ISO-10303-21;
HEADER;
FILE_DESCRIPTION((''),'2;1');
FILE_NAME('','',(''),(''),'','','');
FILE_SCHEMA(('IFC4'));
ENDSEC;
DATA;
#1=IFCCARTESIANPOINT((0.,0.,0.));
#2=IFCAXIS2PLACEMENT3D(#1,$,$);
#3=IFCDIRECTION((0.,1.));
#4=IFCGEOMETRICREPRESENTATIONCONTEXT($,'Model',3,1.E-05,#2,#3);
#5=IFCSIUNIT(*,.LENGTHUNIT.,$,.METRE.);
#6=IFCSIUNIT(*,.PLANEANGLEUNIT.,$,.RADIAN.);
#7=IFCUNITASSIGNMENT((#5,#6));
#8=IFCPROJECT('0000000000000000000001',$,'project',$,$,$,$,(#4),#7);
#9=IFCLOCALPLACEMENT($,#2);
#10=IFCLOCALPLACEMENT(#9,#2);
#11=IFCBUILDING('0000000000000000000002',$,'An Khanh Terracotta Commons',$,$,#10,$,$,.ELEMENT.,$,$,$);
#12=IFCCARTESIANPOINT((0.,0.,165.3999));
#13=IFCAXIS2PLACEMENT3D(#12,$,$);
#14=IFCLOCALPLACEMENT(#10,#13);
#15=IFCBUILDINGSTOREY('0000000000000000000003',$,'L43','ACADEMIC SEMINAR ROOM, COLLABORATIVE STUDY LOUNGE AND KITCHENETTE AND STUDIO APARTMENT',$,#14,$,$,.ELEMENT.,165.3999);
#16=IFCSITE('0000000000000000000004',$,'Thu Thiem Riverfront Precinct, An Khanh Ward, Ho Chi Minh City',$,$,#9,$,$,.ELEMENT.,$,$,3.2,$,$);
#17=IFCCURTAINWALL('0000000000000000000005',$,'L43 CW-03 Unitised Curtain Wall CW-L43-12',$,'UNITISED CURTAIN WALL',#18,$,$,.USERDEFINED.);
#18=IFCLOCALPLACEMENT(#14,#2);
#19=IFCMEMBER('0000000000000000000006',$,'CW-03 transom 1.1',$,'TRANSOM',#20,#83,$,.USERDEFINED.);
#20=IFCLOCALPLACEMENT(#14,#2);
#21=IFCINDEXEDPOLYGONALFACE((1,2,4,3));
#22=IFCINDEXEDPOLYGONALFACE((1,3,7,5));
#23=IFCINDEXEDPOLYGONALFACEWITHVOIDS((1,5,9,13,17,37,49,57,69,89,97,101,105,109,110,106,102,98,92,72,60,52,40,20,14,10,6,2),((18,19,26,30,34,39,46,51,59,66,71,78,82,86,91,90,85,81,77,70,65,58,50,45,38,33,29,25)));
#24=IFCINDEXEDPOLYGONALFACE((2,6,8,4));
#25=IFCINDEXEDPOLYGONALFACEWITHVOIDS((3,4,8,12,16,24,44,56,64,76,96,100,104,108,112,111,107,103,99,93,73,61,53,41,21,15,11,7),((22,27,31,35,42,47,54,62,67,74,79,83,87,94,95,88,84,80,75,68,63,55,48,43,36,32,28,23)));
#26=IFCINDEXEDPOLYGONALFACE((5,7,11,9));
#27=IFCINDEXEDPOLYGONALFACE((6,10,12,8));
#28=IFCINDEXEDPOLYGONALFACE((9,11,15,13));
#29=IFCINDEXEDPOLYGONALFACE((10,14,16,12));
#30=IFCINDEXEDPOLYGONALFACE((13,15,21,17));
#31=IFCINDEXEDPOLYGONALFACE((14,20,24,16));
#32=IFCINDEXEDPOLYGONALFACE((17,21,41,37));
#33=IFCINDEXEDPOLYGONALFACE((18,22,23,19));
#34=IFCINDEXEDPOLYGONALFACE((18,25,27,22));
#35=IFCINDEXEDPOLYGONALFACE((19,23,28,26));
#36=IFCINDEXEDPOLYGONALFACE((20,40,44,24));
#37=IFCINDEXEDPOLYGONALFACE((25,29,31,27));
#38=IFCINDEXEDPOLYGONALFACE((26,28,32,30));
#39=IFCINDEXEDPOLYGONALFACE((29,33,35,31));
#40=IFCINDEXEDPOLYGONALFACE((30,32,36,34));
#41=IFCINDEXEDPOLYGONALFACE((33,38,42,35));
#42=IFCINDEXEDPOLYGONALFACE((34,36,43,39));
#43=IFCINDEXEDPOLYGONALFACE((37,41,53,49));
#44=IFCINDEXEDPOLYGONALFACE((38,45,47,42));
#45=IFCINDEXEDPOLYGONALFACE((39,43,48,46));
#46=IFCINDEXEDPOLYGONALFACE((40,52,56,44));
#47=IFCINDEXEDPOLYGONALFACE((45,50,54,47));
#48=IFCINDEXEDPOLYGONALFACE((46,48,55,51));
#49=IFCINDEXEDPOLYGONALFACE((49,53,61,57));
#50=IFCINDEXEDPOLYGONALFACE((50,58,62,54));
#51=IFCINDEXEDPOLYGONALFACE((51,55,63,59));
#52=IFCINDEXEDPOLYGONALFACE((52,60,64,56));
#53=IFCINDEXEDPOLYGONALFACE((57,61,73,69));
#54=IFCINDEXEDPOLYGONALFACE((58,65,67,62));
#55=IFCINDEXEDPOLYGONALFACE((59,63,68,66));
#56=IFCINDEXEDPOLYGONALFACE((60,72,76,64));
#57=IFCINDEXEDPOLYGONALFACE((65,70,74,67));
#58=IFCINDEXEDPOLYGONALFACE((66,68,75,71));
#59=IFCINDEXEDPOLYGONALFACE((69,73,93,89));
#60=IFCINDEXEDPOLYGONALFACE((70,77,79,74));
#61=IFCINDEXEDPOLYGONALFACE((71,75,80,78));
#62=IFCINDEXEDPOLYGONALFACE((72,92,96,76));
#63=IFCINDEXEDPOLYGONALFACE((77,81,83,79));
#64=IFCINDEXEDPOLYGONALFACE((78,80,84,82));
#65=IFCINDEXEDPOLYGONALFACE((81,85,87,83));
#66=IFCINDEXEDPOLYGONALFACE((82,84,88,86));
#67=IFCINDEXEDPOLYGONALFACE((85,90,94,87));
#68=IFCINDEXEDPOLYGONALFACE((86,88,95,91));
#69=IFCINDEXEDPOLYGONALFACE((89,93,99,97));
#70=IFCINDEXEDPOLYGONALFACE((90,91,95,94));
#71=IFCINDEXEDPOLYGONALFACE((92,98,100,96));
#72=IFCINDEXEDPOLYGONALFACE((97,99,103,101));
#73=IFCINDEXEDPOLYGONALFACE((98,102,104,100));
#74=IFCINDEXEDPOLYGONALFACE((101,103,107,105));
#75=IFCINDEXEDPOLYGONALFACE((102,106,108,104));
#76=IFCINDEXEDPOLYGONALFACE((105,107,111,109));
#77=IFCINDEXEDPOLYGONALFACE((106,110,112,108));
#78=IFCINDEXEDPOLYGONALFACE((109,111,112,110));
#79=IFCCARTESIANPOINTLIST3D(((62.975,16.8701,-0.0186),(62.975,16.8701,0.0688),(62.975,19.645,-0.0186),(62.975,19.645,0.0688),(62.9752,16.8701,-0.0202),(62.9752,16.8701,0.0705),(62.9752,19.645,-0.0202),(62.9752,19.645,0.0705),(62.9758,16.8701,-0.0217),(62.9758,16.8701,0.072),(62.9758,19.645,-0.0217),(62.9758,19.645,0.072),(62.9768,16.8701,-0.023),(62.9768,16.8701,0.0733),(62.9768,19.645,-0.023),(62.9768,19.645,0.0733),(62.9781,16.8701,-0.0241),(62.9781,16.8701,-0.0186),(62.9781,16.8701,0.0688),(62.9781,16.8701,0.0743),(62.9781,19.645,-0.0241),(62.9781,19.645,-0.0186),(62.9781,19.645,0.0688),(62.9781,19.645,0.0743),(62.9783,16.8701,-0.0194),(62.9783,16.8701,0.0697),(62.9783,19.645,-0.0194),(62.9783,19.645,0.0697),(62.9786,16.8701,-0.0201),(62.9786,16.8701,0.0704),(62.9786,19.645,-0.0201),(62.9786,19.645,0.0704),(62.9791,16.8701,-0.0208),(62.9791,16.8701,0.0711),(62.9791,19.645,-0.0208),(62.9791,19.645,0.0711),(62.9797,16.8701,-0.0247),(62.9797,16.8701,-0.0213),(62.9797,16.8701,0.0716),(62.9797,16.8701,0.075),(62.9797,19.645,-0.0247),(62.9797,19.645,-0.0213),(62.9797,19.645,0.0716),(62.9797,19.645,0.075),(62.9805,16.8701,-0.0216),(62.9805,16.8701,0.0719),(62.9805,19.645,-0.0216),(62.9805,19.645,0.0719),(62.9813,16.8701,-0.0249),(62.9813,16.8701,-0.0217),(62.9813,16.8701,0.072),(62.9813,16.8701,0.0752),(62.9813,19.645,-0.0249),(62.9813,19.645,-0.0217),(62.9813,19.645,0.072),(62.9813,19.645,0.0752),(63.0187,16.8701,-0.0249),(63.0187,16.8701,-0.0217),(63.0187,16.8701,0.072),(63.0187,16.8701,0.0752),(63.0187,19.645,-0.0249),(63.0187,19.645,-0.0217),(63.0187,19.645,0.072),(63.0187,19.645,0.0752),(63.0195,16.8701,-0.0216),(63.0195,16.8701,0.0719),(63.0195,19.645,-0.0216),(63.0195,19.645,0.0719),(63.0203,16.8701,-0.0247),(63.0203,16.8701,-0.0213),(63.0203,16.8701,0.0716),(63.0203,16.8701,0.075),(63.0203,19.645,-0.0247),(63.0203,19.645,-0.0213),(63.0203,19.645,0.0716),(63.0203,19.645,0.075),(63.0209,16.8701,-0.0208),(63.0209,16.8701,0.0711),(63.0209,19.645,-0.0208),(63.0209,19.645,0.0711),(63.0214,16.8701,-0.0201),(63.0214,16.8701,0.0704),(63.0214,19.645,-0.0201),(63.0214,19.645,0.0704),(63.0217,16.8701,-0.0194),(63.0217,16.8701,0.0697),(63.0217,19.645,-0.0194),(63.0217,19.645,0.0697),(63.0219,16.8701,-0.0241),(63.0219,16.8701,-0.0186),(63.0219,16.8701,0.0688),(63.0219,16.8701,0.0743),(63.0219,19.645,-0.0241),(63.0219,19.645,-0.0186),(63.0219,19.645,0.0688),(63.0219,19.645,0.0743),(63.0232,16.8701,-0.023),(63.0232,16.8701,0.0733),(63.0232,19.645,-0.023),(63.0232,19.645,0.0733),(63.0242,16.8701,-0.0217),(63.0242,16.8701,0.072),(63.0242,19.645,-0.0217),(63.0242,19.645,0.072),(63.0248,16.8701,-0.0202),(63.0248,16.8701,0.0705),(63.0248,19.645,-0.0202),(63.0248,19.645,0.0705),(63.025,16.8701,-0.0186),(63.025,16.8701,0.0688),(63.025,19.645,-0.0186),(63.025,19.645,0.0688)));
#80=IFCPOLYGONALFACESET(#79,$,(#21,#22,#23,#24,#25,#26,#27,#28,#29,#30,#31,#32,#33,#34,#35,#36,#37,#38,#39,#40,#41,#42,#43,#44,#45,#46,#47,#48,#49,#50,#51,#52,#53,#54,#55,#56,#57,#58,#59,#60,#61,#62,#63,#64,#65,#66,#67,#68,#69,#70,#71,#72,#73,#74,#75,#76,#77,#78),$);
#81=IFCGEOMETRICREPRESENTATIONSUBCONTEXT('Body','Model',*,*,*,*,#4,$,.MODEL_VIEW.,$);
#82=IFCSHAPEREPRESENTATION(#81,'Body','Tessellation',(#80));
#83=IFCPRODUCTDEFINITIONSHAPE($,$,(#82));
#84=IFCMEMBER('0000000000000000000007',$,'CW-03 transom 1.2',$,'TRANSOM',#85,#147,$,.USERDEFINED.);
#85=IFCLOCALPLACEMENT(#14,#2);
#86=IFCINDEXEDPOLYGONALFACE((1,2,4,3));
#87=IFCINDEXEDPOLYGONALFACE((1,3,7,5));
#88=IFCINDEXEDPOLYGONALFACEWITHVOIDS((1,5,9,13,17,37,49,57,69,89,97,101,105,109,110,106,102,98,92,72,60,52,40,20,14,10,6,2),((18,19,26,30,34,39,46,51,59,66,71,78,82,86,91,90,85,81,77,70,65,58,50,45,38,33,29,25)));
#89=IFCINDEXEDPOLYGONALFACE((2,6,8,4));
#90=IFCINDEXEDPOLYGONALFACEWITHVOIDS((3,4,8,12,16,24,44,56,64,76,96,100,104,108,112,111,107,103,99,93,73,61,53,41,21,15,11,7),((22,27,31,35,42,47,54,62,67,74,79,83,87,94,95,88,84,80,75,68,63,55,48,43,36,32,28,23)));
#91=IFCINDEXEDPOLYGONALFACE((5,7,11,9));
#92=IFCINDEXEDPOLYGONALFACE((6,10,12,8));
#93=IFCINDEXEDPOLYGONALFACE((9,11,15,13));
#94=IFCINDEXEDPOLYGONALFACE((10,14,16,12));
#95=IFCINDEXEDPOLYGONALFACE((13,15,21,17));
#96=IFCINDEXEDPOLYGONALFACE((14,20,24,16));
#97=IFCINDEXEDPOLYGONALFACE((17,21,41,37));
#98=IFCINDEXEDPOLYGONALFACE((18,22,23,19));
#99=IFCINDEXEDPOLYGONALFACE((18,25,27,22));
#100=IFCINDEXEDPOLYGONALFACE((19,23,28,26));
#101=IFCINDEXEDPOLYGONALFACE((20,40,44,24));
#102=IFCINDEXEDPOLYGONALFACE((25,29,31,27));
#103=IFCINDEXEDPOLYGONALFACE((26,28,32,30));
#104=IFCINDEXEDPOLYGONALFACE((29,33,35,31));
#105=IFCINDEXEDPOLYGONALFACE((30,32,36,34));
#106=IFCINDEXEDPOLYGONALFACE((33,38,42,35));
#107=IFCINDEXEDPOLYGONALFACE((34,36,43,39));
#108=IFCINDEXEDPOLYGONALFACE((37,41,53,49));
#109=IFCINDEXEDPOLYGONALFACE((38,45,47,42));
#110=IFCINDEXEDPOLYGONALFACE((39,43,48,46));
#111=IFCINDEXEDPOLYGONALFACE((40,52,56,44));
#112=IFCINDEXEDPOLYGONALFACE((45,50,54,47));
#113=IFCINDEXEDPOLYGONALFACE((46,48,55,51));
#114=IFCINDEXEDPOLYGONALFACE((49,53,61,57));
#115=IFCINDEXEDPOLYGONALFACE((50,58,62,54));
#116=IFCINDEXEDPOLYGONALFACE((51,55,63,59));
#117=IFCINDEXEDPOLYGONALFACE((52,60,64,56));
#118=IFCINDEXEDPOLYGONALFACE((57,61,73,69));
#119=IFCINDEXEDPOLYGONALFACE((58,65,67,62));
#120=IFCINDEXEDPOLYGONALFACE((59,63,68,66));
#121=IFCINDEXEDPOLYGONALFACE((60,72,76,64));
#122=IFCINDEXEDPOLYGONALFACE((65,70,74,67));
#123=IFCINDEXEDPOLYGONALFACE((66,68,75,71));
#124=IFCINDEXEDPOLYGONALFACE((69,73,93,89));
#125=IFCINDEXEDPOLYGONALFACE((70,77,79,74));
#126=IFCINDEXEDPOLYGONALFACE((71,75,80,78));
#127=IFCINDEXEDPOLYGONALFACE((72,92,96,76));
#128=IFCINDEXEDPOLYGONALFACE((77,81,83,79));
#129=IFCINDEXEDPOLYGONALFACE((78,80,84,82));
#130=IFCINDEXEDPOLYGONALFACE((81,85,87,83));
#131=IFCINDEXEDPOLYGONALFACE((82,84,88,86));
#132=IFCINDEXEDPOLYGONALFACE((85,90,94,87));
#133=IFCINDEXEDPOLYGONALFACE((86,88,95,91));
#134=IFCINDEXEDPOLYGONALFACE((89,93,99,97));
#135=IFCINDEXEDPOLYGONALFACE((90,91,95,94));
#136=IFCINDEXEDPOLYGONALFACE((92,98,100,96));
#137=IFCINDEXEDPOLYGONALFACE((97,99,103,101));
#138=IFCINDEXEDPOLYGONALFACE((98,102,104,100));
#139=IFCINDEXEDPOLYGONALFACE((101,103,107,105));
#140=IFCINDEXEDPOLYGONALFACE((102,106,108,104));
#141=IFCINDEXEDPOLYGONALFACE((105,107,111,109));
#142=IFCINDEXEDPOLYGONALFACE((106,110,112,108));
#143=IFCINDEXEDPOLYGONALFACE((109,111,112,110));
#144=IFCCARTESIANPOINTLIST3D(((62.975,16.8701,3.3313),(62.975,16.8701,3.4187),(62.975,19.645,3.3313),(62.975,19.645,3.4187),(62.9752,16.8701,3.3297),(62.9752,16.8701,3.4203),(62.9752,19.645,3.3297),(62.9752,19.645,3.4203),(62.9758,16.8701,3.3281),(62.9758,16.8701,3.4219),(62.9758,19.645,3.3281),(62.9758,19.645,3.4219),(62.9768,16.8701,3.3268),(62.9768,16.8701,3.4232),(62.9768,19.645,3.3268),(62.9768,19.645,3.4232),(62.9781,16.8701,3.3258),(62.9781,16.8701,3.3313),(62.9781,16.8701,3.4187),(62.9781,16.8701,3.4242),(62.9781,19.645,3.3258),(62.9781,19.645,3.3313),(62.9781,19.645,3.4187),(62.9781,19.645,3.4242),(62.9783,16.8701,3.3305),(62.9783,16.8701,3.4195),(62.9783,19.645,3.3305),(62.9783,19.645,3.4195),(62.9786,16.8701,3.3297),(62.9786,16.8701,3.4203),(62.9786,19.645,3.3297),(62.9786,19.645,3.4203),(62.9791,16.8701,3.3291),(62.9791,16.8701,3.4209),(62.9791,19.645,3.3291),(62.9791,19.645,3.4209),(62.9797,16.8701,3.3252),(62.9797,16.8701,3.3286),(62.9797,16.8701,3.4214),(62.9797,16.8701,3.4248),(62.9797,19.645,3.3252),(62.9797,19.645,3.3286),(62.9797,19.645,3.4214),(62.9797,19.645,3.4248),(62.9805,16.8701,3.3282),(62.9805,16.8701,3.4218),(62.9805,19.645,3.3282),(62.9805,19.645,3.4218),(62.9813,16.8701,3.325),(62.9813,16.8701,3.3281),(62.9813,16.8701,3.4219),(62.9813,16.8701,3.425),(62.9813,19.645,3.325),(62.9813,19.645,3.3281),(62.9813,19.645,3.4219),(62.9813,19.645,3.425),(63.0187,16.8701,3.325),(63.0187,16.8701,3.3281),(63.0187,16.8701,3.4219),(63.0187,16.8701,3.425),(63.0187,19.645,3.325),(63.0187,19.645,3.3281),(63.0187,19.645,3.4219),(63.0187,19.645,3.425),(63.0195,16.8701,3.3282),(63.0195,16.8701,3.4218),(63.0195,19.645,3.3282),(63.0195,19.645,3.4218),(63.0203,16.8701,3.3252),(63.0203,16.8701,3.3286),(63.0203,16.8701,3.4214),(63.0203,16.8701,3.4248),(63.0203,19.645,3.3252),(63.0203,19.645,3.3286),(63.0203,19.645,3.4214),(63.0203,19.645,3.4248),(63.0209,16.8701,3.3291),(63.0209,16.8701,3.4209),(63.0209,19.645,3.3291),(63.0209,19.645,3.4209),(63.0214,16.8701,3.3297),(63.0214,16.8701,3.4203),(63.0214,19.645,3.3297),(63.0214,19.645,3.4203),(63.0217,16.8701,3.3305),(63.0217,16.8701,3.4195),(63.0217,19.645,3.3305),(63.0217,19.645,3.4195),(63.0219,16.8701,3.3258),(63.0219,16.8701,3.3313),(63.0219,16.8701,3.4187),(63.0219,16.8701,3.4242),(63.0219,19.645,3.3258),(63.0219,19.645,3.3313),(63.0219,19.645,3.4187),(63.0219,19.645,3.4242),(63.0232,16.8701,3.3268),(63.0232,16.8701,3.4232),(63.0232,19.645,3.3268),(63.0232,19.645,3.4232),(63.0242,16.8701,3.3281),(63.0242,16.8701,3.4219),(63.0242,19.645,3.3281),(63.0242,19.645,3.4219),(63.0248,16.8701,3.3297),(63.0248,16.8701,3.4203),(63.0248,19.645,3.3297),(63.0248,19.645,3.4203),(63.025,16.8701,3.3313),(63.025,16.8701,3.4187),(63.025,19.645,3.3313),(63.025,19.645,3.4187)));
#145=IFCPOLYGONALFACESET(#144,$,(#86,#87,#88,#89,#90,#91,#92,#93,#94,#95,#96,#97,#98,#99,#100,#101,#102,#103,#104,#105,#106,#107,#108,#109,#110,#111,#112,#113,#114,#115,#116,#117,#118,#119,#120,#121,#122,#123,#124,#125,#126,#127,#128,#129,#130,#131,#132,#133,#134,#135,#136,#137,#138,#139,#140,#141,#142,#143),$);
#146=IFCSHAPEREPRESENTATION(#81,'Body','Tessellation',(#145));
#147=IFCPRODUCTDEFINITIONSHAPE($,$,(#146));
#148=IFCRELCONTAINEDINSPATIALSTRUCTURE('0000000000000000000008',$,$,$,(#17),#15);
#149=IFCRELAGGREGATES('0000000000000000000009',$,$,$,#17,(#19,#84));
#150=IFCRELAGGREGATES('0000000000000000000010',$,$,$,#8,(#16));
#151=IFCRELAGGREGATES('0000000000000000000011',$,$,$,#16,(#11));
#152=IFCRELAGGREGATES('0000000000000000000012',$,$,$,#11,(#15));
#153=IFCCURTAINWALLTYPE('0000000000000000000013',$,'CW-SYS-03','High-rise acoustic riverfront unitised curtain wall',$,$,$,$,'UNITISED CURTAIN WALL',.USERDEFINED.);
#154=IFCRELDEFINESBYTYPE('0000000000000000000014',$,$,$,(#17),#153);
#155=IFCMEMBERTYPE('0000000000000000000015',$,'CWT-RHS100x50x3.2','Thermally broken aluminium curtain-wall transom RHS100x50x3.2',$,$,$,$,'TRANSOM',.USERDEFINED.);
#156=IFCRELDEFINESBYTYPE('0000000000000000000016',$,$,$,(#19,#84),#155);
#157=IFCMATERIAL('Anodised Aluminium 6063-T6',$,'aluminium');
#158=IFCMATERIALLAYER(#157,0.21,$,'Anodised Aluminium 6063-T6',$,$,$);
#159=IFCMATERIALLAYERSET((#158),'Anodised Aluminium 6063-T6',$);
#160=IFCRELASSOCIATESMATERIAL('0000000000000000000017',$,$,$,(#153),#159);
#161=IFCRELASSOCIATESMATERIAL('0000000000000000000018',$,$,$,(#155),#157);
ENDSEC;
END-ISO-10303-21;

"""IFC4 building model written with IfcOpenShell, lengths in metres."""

from ifc_helpers import new_model, si_unit, direction, frame, origin, origin_2d, place, context, subcontext, project, spatial, hollow_rectangle, extrude, material, layer, layer_set, material_profile, profile_set, type_object, element, aggregate, save


model = new_model("IFC4")

# Units and contexts
model_context = context("Model", 3, precision=1e-05, world=origin(), true_north=direction((0.0, 1.0)))
body_context = subcontext(model_context, "Body", "Model", "MODEL_VIEW")
ifc_project = project(units=[si_unit("LENGTHUNIT", "METRE"), si_unit("PLANEANGLEUNIT", "RADIAN")], contexts=[model_context])

# Site, building, storey
site_placement = place(None, origin())
site = spatial("IfcSite", under=ifc_project, at=site_placement, Name="Thu Thiem Riverfront Precinct, An Khanh Ward, Ho Chi Minh City", CompositionType="ELEMENT", RefElevation=3.2)
building_placement = place(site_placement, origin())
building = spatial("IfcBuilding", under=site, at=building_placement, Name="An Khanh Terracotta Commons", CompositionType="ELEMENT")
storey_placement = place(building_placement, frame((0.0, 0.0, 165.3999)))
storey = spatial("IfcBuildingStorey", under=building, at=storey_placement, Name="L43", Description="ACADEMIC SEMINAR ROOM, COLLABORATIVE STUDY LOUNGE AND KITCHENETTE AND STUDIO APARTMENT", CompositionType="ELEMENT", Elevation=165.3999)

# Curtain wall
ifc_material_1 = material(Name="Anodised Aluminium 6063-T6", Category="aluminium")
ifc_layer_1 = layer(ifc_material_1, 0.21, Name="Anodised Aluminium 6063-T6")
ifc_layer_set_1 = layer_set([ifc_layer_1], Name="Anodised Aluminium 6063-T6")
curtain_wall_type = type_object("IfcCurtainWallType", Name="CW-SYS-03", Description="High-rise acoustic riverfront unitised curtain wall", ElementType="UNITISED CURTAIN WALL", PredefinedType="USERDEFINED", material=ifc_layer_set_1)
curtain_wall_1_placement = place(storey_placement, origin())
curtain_wall_1 = element("IfcCurtainWall", 1, at=curtain_wall_1_placement, inside=storey, type_object=curtain_wall_type, Name="L43 CW-03 Unitised Curtain Wall CW-L43-12", ObjectType="UNITISED CURTAIN WALL", PredefinedType="USERDEFINED")

# Members
ifc_material_profile_1 = material_profile(ifc_material_1, hollow_rectangle(XDim=0.05, YDim=0.1001, WallThickness=0.0032, InnerFilletRadius=0.0032, OuterFilletRadius=0.0063, at=origin_2d()), Name="RHS100x50x3.2")
ifc_profile_set_1 = profile_set([ifc_material_profile_1], Name="Anodised Aluminium 6063-T6")
member_type_1 = type_object("IfcMemberType", Name="CWT-RHS100x50x3.2", Description="Thermally broken aluminium curtain-wall transom RHS100x50x3.2", ElementType="TRANSOM", PredefinedType="USERDEFINED", material=ifc_profile_set_1)
member_1_placement = place(storey_placement, frame((63.0, 16.8701, 0.0251), z_axis=(0.0, 1.0, 0.0), x_axis=(-1.0, 0.0, 0.0)))
member_1 = element("IfcMember", 2, at=member_1_placement, type_object=member_type_1, Name="CW-03 transom 1.1", ObjectType="TRANSOM", PredefinedType="USERDEFINED", context=body_context, shape_type="SweptSolid", body=[
    extrude(hollow_rectangle(XDim=0.05, YDim=0.1001, WallThickness=0.0032, InnerFilletRadius=0.0032, OuterFilletRadius=0.0063, at=origin_2d()), origin(), (0.0, 0.0, 1.0), 2.7749),
])
member_2_placement = place(storey_placement, frame((63.0, 16.8701, 3.375), z_axis=(0.0, 1.0, 0.0), x_axis=(-1.0, 0.0, 0.0)))
member_2 = element("IfcMember", 3, at=member_2_placement, type_object=member_type_1, Name="CW-03 transom 1.2", ObjectType="TRANSOM", PredefinedType="USERDEFINED", context=body_context, shape_type="SweptSolid", body=[
    extrude(hollow_rectangle(XDim=0.05, YDim=0.1001, WallThickness=0.0032, InnerFilletRadius=0.0032, OuterFilletRadius=0.0063, at=origin_2d()), origin(), (0.0, 0.0, 1.0), 2.7749),
])

aggregate(curtain_wall_1, [member_1, member_2])

save(model, "model.ifc")
